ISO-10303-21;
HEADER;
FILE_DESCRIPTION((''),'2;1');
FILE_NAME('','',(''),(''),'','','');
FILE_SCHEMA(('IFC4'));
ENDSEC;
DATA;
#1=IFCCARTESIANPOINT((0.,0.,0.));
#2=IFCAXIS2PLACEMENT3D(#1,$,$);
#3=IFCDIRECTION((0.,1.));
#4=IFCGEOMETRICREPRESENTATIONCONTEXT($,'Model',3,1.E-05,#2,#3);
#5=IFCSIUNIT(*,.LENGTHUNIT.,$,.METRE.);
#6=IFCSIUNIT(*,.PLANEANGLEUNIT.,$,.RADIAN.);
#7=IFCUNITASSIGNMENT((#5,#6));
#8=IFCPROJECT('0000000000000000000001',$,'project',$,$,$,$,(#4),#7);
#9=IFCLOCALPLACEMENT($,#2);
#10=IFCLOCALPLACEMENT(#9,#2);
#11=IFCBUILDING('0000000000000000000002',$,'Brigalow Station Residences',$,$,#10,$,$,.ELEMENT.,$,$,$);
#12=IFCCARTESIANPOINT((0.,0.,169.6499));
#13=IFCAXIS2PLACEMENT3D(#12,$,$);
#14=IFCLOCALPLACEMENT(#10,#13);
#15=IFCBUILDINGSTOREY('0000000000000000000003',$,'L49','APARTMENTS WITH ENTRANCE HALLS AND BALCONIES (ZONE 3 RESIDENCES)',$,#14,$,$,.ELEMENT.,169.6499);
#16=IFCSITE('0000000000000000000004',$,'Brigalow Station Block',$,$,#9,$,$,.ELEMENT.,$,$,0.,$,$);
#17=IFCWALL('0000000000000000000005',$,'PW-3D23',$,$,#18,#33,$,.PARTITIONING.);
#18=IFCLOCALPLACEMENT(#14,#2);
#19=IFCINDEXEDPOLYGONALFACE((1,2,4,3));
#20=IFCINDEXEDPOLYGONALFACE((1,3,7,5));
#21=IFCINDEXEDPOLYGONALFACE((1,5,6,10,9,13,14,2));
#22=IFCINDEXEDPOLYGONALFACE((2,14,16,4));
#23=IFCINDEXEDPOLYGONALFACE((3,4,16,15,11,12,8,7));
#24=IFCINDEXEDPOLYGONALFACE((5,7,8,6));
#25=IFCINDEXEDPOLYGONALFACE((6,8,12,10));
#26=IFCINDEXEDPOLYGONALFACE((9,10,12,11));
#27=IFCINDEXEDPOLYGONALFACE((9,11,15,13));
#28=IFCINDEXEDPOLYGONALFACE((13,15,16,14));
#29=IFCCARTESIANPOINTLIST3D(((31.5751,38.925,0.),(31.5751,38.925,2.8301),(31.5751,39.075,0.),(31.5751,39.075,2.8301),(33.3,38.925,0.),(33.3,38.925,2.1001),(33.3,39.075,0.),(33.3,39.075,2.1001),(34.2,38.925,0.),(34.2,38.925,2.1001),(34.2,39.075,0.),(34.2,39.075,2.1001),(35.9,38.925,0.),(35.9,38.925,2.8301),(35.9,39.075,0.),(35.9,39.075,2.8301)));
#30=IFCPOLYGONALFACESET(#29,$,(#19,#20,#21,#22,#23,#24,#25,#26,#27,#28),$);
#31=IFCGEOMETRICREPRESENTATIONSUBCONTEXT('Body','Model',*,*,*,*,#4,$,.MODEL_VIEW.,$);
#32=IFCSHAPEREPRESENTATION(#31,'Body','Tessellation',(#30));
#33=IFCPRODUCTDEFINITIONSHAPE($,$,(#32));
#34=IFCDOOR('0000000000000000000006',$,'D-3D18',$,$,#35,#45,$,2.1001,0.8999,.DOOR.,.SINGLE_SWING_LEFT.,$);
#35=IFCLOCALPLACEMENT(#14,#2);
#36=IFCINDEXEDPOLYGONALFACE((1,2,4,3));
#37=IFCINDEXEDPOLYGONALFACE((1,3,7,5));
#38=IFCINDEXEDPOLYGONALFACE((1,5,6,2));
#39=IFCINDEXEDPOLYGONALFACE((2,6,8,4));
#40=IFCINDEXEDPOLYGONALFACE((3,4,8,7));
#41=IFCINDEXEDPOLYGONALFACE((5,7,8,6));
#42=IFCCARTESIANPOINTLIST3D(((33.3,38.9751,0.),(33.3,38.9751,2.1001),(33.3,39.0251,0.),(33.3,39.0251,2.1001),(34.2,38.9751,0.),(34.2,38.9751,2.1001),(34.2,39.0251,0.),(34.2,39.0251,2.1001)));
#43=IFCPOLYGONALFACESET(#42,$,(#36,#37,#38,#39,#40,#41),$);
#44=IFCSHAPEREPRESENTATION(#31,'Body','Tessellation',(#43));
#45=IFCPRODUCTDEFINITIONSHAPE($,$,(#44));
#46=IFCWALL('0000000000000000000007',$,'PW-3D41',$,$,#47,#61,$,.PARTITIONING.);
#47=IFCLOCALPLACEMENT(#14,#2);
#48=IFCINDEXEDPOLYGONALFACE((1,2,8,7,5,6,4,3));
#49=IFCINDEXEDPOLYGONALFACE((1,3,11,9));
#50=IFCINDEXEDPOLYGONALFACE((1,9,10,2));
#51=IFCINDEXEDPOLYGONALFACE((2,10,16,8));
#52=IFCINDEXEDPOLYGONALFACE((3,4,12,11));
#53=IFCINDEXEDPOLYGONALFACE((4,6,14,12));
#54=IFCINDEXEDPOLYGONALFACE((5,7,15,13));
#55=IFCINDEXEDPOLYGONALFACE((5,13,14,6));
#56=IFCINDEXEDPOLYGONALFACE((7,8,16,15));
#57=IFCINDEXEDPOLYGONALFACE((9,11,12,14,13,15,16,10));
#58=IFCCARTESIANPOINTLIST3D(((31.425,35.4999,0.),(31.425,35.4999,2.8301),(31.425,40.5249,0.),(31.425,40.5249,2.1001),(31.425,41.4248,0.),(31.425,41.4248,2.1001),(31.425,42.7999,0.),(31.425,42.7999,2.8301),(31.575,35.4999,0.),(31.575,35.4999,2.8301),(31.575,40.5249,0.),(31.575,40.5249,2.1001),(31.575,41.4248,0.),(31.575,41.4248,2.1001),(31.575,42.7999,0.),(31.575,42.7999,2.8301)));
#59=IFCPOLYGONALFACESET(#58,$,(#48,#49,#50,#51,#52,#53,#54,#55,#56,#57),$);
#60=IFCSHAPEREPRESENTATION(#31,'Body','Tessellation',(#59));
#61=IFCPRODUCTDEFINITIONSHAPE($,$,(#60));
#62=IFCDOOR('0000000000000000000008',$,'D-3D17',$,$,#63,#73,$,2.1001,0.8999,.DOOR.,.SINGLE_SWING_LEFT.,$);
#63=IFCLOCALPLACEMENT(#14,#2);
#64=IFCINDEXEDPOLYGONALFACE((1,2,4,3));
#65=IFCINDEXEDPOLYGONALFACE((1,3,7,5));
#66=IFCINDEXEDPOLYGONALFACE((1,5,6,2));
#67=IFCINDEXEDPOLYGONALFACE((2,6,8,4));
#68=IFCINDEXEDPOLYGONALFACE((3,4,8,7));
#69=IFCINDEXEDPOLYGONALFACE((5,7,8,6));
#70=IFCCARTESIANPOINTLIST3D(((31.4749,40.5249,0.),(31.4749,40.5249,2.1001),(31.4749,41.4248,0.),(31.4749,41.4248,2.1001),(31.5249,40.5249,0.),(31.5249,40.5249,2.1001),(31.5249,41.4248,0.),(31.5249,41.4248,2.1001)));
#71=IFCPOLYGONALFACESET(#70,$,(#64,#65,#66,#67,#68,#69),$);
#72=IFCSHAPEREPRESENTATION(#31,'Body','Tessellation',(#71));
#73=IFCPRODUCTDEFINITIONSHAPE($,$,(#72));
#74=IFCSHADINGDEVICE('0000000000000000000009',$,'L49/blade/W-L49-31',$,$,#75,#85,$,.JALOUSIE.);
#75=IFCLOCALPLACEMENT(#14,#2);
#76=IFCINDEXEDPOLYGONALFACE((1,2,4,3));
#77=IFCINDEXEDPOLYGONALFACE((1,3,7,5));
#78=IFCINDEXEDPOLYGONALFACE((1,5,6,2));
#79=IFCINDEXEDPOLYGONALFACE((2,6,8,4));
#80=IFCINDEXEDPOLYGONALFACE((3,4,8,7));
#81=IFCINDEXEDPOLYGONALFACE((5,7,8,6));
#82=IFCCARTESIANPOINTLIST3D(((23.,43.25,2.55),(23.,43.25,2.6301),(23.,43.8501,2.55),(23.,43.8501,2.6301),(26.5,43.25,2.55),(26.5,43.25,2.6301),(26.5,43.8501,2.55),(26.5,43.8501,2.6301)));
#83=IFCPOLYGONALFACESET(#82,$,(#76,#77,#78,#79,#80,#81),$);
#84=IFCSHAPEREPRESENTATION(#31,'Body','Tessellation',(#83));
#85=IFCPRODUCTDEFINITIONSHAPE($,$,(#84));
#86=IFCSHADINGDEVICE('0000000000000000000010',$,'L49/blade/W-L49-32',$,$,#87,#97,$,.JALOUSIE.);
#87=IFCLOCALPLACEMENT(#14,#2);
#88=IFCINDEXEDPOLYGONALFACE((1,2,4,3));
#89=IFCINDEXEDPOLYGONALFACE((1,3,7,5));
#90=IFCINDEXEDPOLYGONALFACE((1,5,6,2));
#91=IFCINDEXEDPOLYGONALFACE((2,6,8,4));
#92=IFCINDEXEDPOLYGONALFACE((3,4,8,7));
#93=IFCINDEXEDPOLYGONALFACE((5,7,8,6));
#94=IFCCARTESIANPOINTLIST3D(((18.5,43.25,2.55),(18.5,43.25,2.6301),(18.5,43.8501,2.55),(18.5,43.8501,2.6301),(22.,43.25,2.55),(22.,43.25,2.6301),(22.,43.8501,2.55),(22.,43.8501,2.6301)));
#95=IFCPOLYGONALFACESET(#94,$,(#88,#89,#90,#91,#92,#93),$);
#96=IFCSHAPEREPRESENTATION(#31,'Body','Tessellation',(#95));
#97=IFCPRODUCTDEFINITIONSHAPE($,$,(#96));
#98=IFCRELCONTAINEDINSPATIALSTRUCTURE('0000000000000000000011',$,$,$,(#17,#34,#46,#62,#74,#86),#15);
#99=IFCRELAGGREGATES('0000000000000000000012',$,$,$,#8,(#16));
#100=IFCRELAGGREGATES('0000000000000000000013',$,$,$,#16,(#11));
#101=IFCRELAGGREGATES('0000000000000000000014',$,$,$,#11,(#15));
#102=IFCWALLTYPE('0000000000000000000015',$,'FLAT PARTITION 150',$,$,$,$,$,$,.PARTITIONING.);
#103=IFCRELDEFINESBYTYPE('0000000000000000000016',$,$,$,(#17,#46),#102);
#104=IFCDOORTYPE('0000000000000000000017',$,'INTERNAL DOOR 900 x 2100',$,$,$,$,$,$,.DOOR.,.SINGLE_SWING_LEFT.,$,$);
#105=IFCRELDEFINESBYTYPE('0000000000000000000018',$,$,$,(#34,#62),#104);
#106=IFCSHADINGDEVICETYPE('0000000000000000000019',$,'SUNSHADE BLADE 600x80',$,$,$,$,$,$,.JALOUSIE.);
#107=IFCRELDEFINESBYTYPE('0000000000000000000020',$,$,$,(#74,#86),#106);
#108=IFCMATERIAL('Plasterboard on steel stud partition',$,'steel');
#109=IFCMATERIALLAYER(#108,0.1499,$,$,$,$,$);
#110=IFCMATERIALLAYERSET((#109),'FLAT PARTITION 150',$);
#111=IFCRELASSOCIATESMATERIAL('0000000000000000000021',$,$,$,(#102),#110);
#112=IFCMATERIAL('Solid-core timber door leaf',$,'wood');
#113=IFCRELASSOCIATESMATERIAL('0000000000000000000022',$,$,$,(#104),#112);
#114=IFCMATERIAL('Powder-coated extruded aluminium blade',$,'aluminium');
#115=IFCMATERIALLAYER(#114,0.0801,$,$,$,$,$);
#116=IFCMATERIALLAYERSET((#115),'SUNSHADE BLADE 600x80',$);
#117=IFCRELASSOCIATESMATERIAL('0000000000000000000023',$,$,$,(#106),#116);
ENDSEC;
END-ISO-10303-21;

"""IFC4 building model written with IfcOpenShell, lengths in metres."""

from ifc_helpers import new_model, si_unit, direction, frame, frame_2d, origin, origin_2d, place, context, subcontext, project, spatial, rectangle, extrude, material, layer, layer_set, type_object, element, fill, save


model = new_model("IFC4")

# Units and contexts
model_context = context("Model", 3, precision=1e-05, world=origin(), true_north=direction((0.0, 1.0)))
body_context = subcontext(model_context, "Body", "Model", "MODEL_VIEW")
ifc_project = project(units=[si_unit("LENGTHUNIT", "METRE"), si_unit("PLANEANGLEUNIT", "RADIAN")], contexts=[model_context])

# Site, building, storey
site_placement = place(None, origin())
site = spatial("IfcSite", under=ifc_project, at=site_placement, Name="Brigalow Station Block", CompositionType="ELEMENT", RefElevation=0.0)
building_placement = place(site_placement, origin())
building = spatial("IfcBuilding", under=site, at=building_placement, Name="Brigalow Station Residences", CompositionType="ELEMENT")
storey_placement = place(building_placement, frame((0.0, 0.0, 169.6499)))
storey = spatial("IfcBuildingStorey", under=building, at=storey_placement, Name="L49", Description="APARTMENTS WITH ENTRANCE HALLS AND BALCONIES (ZONE 3 RESIDENCES)", CompositionType="ELEMENT", Elevation=169.6499)

# Walls, openings, doors
ifc_material_1 = material(Name="Plasterboard on steel stud partition", Category="steel")
ifc_layer_1 = layer(ifc_material_1, 0.1499)
ifc_layer_set_1 = layer_set([ifc_layer_1], Name="FLAT PARTITION 150")
wall_type_1 = type_object("IfcWallType", Name="FLAT PARTITION 150", PredefinedType="PARTITIONING", material=ifc_layer_set_1)
wall_1_placement = place(storey_placement, frame((31.575, 39.0, 0.0), z_axis=(0.0, 0.0, 1.0), x_axis=(1.0, 0.0, 0.0)))
wall_1 = element("IfcWall", 1, at=wall_1_placement, inside=storey, type_object=wall_type_1, Name="PW-3D23", PredefinedType="PARTITIONING", context=body_context, shape_type="SweptSolid", body=[
    extrude(rectangle(XDim=4.325, YDim=0.1499, at=frame_2d((2.1626, 0.0))), origin(), (0.0, 0.0, 1.0), 2.8301),
])
opening_1_placement = place(wall_1_placement, frame((1.7251, 0.0, 0.0)))
opening_1 = element("IfcOpeningElement", 2, at=opening_1_placement, cuts=wall_1, PredefinedType="OPENING", context=body_context, shape_type="SweptSolid", body=[
    extrude(rectangle(XDim=0.8999, YDim=2.1001, at=frame_2d((0.45, 1.05))), frame((0.0, 0.085, 0.0), z_axis=(0.0, -1.0, 0.0), x_axis=(1.0, 0.0, 0.0)), (0.0, 0.0, 1.0), 0.1699),
])
ifc_material_2 = material(Name="Solid-core timber door leaf", Category="wood")
door_type_1 = type_object("IfcDoorType", Name="INTERNAL DOOR 900 x 2100", OperationType="SINGLE_SWING_LEFT", PredefinedType="DOOR", material=ifc_material_2)
door_1_placement = place(opening_1_placement, frame((0.8999, 0.0, 0.0), z_axis=(0.0, 0.0, 1.0), x_axis=(-1.0, 0.0, 0.0)))
door_1 = element("IfcDoor", 3, at=door_1_placement, inside=storey, type_object=door_type_1, Name="D-3D18", OperationType="SINGLE_SWING_LEFT", OverallHeight=2.1001, OverallWidth=0.8999, PredefinedType="DOOR", context=body_context, shape_type="SweptSolid", body=[
    extrude(rectangle(XDim=0.8999, YDim=2.1001, at=frame_2d((0.45, 1.05))), frame((0.0, 0.0249, 0.0), z_axis=(0.0, -1.0, 0.0), x_axis=(1.0, 0.0, 0.0)), (0.0, 0.0, 1.0), 0.05),
])
fill(opening_1, door_1)
wall_2_placement = place(storey_placement, frame((31.5, 35.5, 0.0), z_axis=(0.0, 0.0, 1.0), x_axis=(0.0, 1.0, 0.0)))
wall_2 = element("IfcWall", 4, at=wall_2_placement, inside=storey, type_object=wall_type_1, Name="PW-3D41", PredefinedType="PARTITIONING", context=body_context, shape_type="SweptSolid", body=[
    extrude(rectangle(XDim=7.3, YDim=0.1499, at=frame_2d((3.6499, 0.0))), origin(), (0.0, 0.0, 1.0), 2.8301),
])
opening_2_placement = place(wall_2_placement, frame((5.0249, 0.0, 0.0)))
opening_2 = element("IfcOpeningElement", 5, at=opening_2_placement, cuts=wall_2, PredefinedType="OPENING", context=body_context, shape_type="SweptSolid", body=[
    extrude(rectangle(XDim=0.8999, YDim=2.1001, at=frame_2d((0.45, 1.05))), frame((0.0, 0.085, 0.0), z_axis=(0.0, -1.0, 0.0), x_axis=(1.0, 0.0, 0.0)), (0.0, 0.0, 1.0), 0.1699),
])
door_2_placement = place(opening_2_placement, frame((0.8999, 0.0, 0.0), z_axis=(0.0, 0.0, 1.0), x_axis=(-1.0, 0.0, 0.0)))
door_2 = element("IfcDoor", 6, at=door_2_placement, inside=storey, type_object=door_type_1, Name="D-3D17", OperationType="SINGLE_SWING_LEFT", OverallHeight=2.1001, OverallWidth=0.8999, PredefinedType="DOOR", context=body_context, shape_type="SweptSolid", body=[
    extrude(rectangle(XDim=0.8999, YDim=2.1001, at=frame_2d((0.45, 1.05))), frame((0.0, 0.0249, 0.0), z_axis=(0.0, -1.0, 0.0), x_axis=(1.0, 0.0, 0.0)), (0.0, 0.0, 1.0), 0.05),
])
fill(opening_2, door_2)

# Shading devices
ifc_material_3 = material(Name="Powder-coated extruded aluminium blade", Category="aluminium")
ifc_layer_2 = layer(ifc_material_3, 0.0801)
ifc_layer_set_2 = layer_set([ifc_layer_2], Name="SUNSHADE BLADE 600x80")
shading_device_type = type_object("IfcShadingDeviceType", Name="SUNSHADE BLADE 600x80", PredefinedType="JALOUSIE", material=ifc_layer_set_2)
for number, where, z_axis, x_axis, name in (
    (7, (24.75, 43.55, 2.55), (0.0, 0.0, 1.0), (-1.0, 0.0, 0.0), "L49/blade/W-L49-31"),
    (8, (20.25, 43.55, 2.55), (0.0, 0.0, 1.0), (-1.0, 0.0, 0.0), "L49/blade/W-L49-32"),
):
    element("IfcShadingDevice", number, at=place(storey_placement, frame(where, z_axis=z_axis, x_axis=x_axis)), inside=storey, type_object=shading_device_type, Name=name, PredefinedType="JALOUSIE", context=body_context, shape_type="SweptSolid", body=[
        extrude(rectangle(XDim=3.5, YDim=0.6001, at=origin_2d()), origin(), (0.0, 0.0, 1.0), 0.0801),
    ])

save(model, "model.ifc")
